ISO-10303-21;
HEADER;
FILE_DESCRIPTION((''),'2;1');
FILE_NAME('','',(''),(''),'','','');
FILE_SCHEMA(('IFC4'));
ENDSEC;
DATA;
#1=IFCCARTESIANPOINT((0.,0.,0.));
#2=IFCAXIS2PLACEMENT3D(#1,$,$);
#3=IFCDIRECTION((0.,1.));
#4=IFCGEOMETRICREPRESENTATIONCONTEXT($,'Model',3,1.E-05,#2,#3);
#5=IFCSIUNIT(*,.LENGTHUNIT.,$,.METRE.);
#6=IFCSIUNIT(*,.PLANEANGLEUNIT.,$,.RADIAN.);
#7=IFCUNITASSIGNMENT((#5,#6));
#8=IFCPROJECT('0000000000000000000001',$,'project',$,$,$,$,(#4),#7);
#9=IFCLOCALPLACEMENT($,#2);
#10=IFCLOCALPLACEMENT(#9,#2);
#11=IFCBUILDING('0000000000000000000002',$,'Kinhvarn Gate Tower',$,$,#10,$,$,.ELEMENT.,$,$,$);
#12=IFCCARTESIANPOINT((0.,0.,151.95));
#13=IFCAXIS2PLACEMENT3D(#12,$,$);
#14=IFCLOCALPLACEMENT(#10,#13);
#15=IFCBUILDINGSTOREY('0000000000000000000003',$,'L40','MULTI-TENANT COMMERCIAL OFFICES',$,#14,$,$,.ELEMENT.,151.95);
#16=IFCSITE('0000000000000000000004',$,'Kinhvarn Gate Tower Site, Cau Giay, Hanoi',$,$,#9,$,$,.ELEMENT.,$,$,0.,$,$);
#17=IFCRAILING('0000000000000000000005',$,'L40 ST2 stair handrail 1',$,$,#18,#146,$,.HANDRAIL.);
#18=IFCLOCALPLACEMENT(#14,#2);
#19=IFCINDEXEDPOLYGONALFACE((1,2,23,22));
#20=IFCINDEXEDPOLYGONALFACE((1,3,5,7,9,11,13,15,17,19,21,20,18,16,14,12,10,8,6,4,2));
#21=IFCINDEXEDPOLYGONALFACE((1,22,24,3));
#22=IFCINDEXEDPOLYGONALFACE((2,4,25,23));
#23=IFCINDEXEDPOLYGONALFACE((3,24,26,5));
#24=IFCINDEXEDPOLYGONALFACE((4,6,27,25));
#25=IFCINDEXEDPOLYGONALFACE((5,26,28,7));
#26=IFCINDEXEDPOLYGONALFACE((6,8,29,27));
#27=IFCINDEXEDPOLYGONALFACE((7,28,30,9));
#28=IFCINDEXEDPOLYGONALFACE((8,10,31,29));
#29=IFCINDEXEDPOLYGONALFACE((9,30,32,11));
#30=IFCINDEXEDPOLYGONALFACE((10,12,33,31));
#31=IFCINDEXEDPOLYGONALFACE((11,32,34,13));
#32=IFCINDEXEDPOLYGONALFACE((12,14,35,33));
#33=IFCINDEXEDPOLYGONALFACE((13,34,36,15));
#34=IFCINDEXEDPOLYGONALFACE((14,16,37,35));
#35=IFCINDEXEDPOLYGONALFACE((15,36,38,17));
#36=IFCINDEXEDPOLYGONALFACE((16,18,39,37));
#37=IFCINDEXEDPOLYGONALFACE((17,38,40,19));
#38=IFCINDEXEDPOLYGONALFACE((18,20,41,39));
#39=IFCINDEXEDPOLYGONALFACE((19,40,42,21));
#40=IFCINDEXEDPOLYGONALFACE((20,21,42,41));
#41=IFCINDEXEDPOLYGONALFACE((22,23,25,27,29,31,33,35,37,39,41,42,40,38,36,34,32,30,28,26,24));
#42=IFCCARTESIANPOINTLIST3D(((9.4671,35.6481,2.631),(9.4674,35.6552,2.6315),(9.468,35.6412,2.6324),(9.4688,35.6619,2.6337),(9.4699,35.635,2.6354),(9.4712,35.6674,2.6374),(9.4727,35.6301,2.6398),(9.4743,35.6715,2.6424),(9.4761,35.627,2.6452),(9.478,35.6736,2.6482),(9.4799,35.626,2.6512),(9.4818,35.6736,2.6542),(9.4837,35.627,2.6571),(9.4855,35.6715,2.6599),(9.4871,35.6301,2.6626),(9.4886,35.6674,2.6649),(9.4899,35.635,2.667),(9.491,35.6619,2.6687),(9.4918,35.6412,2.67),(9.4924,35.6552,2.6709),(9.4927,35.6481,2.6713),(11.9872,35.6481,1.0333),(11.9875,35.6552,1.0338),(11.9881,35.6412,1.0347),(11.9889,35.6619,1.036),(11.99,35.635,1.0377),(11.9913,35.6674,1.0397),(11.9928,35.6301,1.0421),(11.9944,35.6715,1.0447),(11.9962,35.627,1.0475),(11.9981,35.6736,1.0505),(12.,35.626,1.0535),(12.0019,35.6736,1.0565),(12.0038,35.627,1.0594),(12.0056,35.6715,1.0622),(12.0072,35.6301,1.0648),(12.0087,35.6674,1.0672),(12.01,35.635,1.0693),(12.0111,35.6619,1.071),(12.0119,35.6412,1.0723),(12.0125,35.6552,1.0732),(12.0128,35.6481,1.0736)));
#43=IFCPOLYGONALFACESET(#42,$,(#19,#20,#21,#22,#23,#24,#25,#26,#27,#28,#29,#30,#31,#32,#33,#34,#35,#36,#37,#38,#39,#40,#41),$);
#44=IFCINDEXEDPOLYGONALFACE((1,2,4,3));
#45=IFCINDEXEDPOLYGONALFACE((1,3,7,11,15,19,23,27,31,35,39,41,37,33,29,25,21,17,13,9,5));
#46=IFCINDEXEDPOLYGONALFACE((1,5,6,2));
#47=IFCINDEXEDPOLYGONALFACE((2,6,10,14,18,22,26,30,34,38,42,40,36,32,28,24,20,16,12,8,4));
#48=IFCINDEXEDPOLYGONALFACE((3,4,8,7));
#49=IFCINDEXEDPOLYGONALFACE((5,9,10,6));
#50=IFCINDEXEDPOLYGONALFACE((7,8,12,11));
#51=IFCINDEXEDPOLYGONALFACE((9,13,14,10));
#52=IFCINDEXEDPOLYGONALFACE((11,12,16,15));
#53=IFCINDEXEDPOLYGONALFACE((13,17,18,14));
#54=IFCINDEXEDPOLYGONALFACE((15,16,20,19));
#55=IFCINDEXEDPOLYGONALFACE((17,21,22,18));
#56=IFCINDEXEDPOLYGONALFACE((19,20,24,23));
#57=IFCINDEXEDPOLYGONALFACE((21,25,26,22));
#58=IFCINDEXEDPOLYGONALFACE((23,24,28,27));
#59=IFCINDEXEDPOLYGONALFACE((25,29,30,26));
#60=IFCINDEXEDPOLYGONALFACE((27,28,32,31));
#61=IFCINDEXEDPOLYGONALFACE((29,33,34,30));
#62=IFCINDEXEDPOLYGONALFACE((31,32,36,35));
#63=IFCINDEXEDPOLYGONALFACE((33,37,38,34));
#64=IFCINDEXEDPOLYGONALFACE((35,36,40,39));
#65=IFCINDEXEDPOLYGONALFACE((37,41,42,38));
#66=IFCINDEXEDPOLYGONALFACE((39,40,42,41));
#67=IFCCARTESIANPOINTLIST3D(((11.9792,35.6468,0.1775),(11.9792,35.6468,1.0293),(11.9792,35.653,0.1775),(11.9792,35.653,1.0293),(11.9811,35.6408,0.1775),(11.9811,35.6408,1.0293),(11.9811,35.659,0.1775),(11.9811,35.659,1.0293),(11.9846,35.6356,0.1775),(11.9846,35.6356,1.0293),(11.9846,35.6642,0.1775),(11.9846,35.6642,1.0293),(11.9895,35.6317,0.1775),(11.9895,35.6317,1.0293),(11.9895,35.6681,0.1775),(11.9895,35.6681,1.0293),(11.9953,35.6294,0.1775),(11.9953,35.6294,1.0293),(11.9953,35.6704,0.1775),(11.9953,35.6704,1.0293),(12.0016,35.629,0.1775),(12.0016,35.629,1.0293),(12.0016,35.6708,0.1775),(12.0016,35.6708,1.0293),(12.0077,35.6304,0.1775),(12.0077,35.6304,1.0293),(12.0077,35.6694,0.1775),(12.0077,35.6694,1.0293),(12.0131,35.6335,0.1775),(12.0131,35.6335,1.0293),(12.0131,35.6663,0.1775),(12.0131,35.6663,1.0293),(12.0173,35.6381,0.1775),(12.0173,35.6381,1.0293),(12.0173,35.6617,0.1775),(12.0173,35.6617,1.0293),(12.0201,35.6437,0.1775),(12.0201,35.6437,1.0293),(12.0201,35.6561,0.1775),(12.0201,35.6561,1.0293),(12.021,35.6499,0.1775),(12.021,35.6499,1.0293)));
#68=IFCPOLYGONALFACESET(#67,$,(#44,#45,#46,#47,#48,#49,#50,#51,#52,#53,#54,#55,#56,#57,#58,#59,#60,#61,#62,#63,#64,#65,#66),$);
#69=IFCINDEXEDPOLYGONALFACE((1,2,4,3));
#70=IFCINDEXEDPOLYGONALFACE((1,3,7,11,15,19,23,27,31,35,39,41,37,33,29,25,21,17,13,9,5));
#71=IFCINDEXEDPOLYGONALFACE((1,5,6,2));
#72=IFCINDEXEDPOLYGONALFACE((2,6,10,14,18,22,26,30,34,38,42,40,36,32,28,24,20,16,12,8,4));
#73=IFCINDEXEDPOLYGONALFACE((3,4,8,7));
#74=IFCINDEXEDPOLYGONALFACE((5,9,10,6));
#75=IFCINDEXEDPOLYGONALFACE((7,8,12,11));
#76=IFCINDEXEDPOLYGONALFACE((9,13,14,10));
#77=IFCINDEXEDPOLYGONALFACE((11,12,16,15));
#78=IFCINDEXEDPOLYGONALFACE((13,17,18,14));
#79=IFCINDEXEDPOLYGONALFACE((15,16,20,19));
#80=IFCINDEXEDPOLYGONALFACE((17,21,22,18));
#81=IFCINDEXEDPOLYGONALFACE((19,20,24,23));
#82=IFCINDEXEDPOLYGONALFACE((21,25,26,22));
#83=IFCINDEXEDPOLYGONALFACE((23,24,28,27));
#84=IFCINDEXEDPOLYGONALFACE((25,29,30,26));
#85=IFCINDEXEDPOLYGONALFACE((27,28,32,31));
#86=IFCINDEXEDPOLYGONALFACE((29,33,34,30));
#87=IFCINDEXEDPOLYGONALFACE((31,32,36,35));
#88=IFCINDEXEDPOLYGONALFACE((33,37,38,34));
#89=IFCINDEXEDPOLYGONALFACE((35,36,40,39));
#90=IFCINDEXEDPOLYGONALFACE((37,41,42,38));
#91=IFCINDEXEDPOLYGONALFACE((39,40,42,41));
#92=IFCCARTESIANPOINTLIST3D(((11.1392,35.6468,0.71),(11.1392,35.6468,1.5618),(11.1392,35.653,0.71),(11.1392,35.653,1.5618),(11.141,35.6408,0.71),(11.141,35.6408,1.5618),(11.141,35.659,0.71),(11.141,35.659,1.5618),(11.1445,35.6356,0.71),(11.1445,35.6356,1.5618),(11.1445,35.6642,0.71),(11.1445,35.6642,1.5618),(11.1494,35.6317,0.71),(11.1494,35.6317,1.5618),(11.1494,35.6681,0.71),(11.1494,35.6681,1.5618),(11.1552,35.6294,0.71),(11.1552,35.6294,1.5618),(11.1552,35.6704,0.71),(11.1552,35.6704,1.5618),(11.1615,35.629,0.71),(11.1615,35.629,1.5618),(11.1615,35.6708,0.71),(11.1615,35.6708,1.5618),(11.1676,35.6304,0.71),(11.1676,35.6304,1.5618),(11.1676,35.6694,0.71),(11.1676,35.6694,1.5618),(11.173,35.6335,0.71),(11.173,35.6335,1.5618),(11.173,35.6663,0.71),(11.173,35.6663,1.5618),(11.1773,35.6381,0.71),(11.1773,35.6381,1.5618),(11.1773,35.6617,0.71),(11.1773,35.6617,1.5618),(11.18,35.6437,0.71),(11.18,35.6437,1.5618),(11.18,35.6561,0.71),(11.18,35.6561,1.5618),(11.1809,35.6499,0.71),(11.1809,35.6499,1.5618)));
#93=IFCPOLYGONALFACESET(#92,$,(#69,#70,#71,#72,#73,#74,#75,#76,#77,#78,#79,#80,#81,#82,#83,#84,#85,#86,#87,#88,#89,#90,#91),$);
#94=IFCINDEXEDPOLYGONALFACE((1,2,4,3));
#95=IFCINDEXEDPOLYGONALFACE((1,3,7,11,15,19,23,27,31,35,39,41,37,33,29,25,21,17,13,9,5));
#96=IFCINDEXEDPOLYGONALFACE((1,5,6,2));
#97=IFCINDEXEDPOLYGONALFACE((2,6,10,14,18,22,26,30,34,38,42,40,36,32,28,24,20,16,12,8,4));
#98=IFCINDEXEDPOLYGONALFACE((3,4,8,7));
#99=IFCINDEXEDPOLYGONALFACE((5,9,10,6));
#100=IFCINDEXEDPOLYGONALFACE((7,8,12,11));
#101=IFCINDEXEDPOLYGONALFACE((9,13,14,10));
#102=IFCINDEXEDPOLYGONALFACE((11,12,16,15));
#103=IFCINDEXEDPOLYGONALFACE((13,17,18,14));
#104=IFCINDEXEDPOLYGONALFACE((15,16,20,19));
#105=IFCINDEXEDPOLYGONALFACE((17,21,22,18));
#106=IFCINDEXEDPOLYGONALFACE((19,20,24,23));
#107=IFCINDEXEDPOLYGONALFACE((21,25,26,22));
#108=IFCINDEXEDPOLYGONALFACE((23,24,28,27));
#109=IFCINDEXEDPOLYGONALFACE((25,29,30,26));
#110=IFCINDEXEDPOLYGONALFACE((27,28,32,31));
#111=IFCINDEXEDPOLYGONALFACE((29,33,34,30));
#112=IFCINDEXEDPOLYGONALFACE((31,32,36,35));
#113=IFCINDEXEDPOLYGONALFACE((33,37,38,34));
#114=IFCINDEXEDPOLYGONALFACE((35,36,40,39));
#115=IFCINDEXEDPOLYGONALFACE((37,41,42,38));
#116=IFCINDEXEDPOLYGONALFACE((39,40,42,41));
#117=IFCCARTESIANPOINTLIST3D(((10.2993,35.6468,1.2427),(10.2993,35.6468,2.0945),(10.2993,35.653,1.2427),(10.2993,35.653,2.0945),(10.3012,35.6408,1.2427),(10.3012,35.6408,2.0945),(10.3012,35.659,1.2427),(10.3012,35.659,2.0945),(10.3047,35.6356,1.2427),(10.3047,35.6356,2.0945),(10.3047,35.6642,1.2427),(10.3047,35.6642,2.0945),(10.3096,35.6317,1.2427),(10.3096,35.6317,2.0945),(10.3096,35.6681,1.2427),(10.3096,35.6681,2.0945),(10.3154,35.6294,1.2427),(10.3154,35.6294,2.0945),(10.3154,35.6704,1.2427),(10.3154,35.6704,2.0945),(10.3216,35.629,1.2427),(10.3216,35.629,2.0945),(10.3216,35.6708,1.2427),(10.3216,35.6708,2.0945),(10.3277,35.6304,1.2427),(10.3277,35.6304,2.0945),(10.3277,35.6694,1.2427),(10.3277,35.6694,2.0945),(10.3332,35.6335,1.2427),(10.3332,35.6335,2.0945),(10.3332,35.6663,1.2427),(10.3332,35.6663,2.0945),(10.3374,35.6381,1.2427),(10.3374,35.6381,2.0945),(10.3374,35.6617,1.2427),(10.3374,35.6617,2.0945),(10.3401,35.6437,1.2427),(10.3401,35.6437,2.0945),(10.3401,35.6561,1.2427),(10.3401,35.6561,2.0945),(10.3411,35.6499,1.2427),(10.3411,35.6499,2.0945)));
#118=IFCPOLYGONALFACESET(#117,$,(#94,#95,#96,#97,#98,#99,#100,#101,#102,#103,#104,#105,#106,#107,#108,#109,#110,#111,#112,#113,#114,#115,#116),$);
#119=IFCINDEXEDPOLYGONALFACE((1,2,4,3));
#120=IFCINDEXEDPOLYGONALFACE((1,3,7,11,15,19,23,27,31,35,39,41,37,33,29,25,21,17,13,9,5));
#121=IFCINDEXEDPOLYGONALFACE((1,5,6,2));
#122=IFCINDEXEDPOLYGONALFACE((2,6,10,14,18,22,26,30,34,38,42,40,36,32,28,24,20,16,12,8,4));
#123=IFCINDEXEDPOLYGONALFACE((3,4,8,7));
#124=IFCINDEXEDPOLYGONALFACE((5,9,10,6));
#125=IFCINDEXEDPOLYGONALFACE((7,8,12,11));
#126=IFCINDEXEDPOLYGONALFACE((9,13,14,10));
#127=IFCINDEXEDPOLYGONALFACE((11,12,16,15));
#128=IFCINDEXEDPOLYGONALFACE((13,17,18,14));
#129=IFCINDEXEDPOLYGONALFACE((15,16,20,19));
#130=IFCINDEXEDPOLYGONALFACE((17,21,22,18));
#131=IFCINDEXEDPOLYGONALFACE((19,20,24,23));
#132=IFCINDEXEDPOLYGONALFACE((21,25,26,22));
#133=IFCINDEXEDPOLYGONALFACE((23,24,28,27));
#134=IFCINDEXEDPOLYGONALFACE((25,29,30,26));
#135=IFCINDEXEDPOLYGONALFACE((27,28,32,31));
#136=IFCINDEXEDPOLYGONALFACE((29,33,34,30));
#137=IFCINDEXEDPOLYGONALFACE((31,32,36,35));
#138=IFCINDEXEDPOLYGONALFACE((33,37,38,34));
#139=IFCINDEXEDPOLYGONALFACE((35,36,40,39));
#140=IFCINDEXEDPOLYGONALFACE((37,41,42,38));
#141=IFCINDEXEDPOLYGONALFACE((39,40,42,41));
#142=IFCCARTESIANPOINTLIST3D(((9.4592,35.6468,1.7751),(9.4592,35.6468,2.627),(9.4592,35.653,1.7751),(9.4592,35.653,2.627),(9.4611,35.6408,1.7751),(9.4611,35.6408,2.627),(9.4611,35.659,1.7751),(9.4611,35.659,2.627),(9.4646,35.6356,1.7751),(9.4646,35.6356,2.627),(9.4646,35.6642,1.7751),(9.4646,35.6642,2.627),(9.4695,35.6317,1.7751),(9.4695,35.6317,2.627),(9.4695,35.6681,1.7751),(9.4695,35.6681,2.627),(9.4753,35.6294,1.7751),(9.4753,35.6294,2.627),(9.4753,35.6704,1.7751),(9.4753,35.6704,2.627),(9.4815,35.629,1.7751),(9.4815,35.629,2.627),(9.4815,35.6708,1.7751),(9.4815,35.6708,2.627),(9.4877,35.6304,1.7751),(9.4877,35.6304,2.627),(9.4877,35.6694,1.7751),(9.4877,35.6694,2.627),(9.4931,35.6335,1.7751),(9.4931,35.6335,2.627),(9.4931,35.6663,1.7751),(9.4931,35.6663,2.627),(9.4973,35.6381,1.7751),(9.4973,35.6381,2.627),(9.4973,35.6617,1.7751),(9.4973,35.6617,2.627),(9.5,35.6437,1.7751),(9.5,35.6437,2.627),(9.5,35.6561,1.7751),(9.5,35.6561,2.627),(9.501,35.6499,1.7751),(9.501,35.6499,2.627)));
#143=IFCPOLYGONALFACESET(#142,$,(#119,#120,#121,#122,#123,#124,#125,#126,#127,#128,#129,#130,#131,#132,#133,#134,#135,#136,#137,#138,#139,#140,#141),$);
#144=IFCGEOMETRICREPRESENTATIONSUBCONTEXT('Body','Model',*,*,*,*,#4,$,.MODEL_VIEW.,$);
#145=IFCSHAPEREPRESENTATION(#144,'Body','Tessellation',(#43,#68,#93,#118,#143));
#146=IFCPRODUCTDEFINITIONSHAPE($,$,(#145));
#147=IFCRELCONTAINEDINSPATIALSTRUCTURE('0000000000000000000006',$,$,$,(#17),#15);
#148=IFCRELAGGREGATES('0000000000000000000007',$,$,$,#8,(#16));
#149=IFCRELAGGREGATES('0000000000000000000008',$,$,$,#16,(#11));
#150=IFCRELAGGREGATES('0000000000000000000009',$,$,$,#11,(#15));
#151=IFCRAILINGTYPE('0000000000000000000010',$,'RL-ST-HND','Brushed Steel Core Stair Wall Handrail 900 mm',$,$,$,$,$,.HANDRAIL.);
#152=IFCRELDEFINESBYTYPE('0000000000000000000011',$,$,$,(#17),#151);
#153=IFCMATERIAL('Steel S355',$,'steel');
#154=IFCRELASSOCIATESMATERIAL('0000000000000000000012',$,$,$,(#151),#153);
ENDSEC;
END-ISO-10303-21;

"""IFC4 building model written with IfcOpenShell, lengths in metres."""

from ifc_helpers import new_model, si_unit, direction, frame, origin, origin_2d, place, context, subcontext, project, spatial, circle, extrude, material, type_object, element, save


model = new_model("IFC4")

# Units and contexts
model_context = context("Model", 3, precision=1e-05, world=origin(), true_north=direction((0.0, 1.0)))
body_context = subcontext(model_context, "Body", "Model", "MODEL_VIEW")
ifc_project = project(units=[si_unit("LENGTHUNIT", "METRE"), si_unit("PLANEANGLEUNIT", "RADIAN")], contexts=[model_context])

# Site, building, storey
site_placement = place(None, origin())
site = spatial("IfcSite", under=ifc_project, at=site_placement, Name="Kinhvarn Gate Tower Site, Cau Giay, Hanoi", CompositionType="ELEMENT", RefElevation=0.0)
building_placement = place(site_placement, origin())
building = spatial("IfcBuilding", under=site, at=building_placement, Name="Kinhvarn Gate Tower", CompositionType="ELEMENT")
storey_placement = place(building_placement, frame((0.0, 0.0, 151.95)))
storey = spatial("IfcBuildingStorey", under=building, at=storey_placement, Name="L40", Description="MULTI-TENANT COMMERCIAL OFFICES", CompositionType="ELEMENT", Elevation=151.95)

# Shared definitions
ifc_material_1 = material(Name="Steel S355", Category="steel")

# Railing
railing_type_1 = type_object("IfcRailingType", Name="RL-ST-HND", Description="Brushed Steel Core Stair Wall Handrail 900 mm", PredefinedType="HANDRAIL", material=ifc_material_1)
railing_1_placement = place(storey_placement, frame((12.0, 35.6499, 0.1775)))
element("IfcRailing", 1, at=railing_1_placement, inside=storey, type_object=railing_type_1, Name="L40 ST2 stair handrail 1", PredefinedType="HANDRAIL", context=body_context, shape_type="SweptSolid", body=[
    extrude(circle(Radius=0.0239, at=origin_2d()), frame((0.0, 0.0, 0.876), z_axis=(-0.84457, 0.0, 0.535445), x_axis=(0.0, -1.0, 0.0)), (0.0, 0.0, 1.0), 2.9839),
    extrude(circle(Radius=0.021, at=origin_2d()), origin(), (0.0, 0.0, 1.0), 0.8518),
    extrude(circle(Radius=0.021, at=origin_2d()), frame((-0.8401, 0.0, 0.5325)), (0.0, 0.0, 1.0), 0.8518),
    extrude(circle(Radius=0.021, at=origin_2d()), frame((-1.6799, 0.0, 1.0652)), (0.0, 0.0, 1.0), 0.8518),
    extrude(circle(Radius=0.021, at=origin_2d()), frame((-2.52, 0.0, 1.5977)), (0.0, 0.0, 1.0), 0.8518),
])

save(model, "model.ifc")
